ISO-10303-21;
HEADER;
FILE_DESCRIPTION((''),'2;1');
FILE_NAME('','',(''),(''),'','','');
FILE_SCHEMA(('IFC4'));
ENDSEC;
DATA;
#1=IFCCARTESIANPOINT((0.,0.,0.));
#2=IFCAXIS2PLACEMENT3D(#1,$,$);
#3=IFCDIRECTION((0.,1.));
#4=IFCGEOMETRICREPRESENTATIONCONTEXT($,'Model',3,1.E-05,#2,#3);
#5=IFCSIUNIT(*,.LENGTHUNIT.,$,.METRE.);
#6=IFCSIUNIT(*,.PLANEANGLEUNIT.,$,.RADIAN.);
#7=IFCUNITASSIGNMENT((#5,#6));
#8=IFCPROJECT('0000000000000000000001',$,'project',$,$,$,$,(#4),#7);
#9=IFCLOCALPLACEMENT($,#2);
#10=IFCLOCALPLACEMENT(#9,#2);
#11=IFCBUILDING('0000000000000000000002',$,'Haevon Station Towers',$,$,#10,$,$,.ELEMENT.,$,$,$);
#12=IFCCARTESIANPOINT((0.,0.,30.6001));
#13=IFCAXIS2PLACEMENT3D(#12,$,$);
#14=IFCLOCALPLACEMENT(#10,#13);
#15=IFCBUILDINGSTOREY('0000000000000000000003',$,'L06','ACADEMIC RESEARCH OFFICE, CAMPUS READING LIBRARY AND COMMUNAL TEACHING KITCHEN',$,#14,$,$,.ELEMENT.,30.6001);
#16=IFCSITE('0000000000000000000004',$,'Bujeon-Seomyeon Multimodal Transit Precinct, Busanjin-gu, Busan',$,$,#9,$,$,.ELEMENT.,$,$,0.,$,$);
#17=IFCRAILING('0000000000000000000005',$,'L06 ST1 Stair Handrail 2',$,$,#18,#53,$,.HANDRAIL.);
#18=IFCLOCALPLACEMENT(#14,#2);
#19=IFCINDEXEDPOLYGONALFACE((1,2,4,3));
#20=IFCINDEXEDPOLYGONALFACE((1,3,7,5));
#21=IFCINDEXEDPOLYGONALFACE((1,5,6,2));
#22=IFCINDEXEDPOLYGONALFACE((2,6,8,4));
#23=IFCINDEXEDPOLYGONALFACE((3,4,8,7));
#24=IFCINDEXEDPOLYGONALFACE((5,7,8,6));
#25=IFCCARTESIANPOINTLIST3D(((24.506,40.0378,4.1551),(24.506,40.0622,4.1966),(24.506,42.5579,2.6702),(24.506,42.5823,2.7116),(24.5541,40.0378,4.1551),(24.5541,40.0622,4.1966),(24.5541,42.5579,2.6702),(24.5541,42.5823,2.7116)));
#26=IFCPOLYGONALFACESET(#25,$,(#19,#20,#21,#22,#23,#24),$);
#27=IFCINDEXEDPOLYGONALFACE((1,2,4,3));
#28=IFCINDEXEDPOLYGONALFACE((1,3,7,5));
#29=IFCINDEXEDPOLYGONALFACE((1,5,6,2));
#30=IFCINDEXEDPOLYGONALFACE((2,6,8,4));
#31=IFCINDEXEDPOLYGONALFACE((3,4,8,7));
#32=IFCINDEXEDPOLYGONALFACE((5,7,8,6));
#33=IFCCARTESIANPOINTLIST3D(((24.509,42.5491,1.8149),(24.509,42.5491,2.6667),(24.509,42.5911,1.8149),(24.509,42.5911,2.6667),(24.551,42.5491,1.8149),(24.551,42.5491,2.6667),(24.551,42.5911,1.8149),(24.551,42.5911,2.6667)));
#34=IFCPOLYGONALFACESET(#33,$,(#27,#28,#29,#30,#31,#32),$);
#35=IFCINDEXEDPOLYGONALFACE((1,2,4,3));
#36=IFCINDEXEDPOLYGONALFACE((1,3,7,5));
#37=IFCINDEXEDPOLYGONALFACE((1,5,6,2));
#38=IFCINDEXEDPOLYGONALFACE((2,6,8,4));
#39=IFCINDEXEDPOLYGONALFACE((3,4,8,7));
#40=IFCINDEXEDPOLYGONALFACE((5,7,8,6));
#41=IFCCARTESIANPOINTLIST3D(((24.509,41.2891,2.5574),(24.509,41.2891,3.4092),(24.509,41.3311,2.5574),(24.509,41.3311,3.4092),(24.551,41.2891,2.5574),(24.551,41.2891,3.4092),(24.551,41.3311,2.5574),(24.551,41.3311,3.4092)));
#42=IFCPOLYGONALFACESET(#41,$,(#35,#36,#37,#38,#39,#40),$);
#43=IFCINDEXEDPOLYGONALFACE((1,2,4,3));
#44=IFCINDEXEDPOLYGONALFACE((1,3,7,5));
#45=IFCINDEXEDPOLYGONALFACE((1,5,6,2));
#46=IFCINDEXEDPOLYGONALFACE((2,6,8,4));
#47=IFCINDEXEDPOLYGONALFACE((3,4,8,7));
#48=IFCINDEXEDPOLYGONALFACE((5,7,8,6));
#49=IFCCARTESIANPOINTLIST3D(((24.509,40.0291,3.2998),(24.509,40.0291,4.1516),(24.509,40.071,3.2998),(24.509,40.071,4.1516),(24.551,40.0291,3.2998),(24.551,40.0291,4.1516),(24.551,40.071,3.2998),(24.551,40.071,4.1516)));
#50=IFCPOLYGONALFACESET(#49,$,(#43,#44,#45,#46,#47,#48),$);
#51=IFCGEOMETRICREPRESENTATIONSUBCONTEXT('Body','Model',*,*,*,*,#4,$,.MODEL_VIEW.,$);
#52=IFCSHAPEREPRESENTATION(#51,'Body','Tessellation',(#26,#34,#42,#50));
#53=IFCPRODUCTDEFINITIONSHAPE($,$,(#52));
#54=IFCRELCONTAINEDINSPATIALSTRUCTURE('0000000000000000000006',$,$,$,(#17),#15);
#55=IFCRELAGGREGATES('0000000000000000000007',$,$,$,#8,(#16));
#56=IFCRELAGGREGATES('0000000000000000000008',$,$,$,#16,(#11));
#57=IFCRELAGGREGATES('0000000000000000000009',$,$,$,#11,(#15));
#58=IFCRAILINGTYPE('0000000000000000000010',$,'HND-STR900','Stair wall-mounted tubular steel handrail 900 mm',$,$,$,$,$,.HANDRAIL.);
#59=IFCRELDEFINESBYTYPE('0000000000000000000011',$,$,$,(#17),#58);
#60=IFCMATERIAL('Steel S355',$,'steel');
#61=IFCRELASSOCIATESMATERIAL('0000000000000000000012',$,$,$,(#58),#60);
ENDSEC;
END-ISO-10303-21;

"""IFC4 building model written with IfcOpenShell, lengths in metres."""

from ifc_helpers import new_model, si_unit, direction, frame, origin, origin_2d, place, context, subcontext, project, spatial, rectangle, extrude, material, type_object, element, save


model = new_model("IFC4")

# Units and contexts
model_context = context("Model", 3, precision=1e-05, world=origin(), true_north=direction((0.0, 1.0)))
body_context = subcontext(model_context, "Body", "Model", "MODEL_VIEW")
ifc_project = project(units=[si_unit("LENGTHUNIT", "METRE"), si_unit("PLANEANGLEUNIT", "RADIAN")], contexts=[model_context])

# Site, building, storey
site_placement = place(None, origin())
site = spatial("IfcSite", under=ifc_project, at=site_placement, Name="Bujeon-Seomyeon Multimodal Transit Precinct, Busanjin-gu, Busan", CompositionType="ELEMENT", RefElevation=0.0)
building_placement = place(site_placement, origin())
building = spatial("IfcBuilding", under=site, at=building_placement, Name="Haevon Station Towers", CompositionType="ELEMENT")
storey_placement = place(building_placement, frame((0.0, 0.0, 30.6001)))
storey = spatial("IfcBuildingStorey", under=building, at=storey_placement, Name="L06", Description="ACADEMIC RESEARCH OFFICE, CAMPUS READING LIBRARY AND COMMUNAL TEACHING KITCHEN", CompositionType="ELEMENT", Elevation=30.6001)

# Shared definitions
ifc_material_1 = material(Name="Steel S355", Category="steel")

# Railing
railing_type_1 = type_object("IfcRailingType", Name="HND-STR900", Description="Stair wall-mounted tubular steel handrail 900 mm", PredefinedType="HANDRAIL", material=ifc_material_1)
railing_1_placement = place(storey_placement, frame((24.53, 42.5701, 1.8149)))
element("IfcRailing", 1, at=railing_1_placement, inside=storey, type_object=railing_type_1, Name="L06 ST1 Stair Handrail 2", PredefinedType="HANDRAIL", context=body_context, shape_type="SweptSolid", body=[
    extrude(rectangle(XDim=0.0481, YDim=0.0481, at=origin_2d()), frame((0.0, 0.0, 0.876), z_axis=(0.0, -0.861561, 0.507655), x_axis=(1.0, 0.0, 0.0)), (0.0, 0.0, 1.0), 2.925),
    extrude(rectangle(XDim=0.042, YDim=0.042, at=origin_2d()), origin(), (0.0, 0.0, 1.0), 0.8518),
    extrude(rectangle(XDim=0.042, YDim=0.042, at=origin_2d()), frame((0.0, -1.26, 0.7424)), (0.0, 0.0, 1.0), 0.8518),
    extrude(rectangle(XDim=0.042, YDim=0.042, at=origin_2d()), frame((0.0, -2.52, 1.4849)), (0.0, 0.0, 1.0), 0.8518),
])

save(model, "model.ifc")
